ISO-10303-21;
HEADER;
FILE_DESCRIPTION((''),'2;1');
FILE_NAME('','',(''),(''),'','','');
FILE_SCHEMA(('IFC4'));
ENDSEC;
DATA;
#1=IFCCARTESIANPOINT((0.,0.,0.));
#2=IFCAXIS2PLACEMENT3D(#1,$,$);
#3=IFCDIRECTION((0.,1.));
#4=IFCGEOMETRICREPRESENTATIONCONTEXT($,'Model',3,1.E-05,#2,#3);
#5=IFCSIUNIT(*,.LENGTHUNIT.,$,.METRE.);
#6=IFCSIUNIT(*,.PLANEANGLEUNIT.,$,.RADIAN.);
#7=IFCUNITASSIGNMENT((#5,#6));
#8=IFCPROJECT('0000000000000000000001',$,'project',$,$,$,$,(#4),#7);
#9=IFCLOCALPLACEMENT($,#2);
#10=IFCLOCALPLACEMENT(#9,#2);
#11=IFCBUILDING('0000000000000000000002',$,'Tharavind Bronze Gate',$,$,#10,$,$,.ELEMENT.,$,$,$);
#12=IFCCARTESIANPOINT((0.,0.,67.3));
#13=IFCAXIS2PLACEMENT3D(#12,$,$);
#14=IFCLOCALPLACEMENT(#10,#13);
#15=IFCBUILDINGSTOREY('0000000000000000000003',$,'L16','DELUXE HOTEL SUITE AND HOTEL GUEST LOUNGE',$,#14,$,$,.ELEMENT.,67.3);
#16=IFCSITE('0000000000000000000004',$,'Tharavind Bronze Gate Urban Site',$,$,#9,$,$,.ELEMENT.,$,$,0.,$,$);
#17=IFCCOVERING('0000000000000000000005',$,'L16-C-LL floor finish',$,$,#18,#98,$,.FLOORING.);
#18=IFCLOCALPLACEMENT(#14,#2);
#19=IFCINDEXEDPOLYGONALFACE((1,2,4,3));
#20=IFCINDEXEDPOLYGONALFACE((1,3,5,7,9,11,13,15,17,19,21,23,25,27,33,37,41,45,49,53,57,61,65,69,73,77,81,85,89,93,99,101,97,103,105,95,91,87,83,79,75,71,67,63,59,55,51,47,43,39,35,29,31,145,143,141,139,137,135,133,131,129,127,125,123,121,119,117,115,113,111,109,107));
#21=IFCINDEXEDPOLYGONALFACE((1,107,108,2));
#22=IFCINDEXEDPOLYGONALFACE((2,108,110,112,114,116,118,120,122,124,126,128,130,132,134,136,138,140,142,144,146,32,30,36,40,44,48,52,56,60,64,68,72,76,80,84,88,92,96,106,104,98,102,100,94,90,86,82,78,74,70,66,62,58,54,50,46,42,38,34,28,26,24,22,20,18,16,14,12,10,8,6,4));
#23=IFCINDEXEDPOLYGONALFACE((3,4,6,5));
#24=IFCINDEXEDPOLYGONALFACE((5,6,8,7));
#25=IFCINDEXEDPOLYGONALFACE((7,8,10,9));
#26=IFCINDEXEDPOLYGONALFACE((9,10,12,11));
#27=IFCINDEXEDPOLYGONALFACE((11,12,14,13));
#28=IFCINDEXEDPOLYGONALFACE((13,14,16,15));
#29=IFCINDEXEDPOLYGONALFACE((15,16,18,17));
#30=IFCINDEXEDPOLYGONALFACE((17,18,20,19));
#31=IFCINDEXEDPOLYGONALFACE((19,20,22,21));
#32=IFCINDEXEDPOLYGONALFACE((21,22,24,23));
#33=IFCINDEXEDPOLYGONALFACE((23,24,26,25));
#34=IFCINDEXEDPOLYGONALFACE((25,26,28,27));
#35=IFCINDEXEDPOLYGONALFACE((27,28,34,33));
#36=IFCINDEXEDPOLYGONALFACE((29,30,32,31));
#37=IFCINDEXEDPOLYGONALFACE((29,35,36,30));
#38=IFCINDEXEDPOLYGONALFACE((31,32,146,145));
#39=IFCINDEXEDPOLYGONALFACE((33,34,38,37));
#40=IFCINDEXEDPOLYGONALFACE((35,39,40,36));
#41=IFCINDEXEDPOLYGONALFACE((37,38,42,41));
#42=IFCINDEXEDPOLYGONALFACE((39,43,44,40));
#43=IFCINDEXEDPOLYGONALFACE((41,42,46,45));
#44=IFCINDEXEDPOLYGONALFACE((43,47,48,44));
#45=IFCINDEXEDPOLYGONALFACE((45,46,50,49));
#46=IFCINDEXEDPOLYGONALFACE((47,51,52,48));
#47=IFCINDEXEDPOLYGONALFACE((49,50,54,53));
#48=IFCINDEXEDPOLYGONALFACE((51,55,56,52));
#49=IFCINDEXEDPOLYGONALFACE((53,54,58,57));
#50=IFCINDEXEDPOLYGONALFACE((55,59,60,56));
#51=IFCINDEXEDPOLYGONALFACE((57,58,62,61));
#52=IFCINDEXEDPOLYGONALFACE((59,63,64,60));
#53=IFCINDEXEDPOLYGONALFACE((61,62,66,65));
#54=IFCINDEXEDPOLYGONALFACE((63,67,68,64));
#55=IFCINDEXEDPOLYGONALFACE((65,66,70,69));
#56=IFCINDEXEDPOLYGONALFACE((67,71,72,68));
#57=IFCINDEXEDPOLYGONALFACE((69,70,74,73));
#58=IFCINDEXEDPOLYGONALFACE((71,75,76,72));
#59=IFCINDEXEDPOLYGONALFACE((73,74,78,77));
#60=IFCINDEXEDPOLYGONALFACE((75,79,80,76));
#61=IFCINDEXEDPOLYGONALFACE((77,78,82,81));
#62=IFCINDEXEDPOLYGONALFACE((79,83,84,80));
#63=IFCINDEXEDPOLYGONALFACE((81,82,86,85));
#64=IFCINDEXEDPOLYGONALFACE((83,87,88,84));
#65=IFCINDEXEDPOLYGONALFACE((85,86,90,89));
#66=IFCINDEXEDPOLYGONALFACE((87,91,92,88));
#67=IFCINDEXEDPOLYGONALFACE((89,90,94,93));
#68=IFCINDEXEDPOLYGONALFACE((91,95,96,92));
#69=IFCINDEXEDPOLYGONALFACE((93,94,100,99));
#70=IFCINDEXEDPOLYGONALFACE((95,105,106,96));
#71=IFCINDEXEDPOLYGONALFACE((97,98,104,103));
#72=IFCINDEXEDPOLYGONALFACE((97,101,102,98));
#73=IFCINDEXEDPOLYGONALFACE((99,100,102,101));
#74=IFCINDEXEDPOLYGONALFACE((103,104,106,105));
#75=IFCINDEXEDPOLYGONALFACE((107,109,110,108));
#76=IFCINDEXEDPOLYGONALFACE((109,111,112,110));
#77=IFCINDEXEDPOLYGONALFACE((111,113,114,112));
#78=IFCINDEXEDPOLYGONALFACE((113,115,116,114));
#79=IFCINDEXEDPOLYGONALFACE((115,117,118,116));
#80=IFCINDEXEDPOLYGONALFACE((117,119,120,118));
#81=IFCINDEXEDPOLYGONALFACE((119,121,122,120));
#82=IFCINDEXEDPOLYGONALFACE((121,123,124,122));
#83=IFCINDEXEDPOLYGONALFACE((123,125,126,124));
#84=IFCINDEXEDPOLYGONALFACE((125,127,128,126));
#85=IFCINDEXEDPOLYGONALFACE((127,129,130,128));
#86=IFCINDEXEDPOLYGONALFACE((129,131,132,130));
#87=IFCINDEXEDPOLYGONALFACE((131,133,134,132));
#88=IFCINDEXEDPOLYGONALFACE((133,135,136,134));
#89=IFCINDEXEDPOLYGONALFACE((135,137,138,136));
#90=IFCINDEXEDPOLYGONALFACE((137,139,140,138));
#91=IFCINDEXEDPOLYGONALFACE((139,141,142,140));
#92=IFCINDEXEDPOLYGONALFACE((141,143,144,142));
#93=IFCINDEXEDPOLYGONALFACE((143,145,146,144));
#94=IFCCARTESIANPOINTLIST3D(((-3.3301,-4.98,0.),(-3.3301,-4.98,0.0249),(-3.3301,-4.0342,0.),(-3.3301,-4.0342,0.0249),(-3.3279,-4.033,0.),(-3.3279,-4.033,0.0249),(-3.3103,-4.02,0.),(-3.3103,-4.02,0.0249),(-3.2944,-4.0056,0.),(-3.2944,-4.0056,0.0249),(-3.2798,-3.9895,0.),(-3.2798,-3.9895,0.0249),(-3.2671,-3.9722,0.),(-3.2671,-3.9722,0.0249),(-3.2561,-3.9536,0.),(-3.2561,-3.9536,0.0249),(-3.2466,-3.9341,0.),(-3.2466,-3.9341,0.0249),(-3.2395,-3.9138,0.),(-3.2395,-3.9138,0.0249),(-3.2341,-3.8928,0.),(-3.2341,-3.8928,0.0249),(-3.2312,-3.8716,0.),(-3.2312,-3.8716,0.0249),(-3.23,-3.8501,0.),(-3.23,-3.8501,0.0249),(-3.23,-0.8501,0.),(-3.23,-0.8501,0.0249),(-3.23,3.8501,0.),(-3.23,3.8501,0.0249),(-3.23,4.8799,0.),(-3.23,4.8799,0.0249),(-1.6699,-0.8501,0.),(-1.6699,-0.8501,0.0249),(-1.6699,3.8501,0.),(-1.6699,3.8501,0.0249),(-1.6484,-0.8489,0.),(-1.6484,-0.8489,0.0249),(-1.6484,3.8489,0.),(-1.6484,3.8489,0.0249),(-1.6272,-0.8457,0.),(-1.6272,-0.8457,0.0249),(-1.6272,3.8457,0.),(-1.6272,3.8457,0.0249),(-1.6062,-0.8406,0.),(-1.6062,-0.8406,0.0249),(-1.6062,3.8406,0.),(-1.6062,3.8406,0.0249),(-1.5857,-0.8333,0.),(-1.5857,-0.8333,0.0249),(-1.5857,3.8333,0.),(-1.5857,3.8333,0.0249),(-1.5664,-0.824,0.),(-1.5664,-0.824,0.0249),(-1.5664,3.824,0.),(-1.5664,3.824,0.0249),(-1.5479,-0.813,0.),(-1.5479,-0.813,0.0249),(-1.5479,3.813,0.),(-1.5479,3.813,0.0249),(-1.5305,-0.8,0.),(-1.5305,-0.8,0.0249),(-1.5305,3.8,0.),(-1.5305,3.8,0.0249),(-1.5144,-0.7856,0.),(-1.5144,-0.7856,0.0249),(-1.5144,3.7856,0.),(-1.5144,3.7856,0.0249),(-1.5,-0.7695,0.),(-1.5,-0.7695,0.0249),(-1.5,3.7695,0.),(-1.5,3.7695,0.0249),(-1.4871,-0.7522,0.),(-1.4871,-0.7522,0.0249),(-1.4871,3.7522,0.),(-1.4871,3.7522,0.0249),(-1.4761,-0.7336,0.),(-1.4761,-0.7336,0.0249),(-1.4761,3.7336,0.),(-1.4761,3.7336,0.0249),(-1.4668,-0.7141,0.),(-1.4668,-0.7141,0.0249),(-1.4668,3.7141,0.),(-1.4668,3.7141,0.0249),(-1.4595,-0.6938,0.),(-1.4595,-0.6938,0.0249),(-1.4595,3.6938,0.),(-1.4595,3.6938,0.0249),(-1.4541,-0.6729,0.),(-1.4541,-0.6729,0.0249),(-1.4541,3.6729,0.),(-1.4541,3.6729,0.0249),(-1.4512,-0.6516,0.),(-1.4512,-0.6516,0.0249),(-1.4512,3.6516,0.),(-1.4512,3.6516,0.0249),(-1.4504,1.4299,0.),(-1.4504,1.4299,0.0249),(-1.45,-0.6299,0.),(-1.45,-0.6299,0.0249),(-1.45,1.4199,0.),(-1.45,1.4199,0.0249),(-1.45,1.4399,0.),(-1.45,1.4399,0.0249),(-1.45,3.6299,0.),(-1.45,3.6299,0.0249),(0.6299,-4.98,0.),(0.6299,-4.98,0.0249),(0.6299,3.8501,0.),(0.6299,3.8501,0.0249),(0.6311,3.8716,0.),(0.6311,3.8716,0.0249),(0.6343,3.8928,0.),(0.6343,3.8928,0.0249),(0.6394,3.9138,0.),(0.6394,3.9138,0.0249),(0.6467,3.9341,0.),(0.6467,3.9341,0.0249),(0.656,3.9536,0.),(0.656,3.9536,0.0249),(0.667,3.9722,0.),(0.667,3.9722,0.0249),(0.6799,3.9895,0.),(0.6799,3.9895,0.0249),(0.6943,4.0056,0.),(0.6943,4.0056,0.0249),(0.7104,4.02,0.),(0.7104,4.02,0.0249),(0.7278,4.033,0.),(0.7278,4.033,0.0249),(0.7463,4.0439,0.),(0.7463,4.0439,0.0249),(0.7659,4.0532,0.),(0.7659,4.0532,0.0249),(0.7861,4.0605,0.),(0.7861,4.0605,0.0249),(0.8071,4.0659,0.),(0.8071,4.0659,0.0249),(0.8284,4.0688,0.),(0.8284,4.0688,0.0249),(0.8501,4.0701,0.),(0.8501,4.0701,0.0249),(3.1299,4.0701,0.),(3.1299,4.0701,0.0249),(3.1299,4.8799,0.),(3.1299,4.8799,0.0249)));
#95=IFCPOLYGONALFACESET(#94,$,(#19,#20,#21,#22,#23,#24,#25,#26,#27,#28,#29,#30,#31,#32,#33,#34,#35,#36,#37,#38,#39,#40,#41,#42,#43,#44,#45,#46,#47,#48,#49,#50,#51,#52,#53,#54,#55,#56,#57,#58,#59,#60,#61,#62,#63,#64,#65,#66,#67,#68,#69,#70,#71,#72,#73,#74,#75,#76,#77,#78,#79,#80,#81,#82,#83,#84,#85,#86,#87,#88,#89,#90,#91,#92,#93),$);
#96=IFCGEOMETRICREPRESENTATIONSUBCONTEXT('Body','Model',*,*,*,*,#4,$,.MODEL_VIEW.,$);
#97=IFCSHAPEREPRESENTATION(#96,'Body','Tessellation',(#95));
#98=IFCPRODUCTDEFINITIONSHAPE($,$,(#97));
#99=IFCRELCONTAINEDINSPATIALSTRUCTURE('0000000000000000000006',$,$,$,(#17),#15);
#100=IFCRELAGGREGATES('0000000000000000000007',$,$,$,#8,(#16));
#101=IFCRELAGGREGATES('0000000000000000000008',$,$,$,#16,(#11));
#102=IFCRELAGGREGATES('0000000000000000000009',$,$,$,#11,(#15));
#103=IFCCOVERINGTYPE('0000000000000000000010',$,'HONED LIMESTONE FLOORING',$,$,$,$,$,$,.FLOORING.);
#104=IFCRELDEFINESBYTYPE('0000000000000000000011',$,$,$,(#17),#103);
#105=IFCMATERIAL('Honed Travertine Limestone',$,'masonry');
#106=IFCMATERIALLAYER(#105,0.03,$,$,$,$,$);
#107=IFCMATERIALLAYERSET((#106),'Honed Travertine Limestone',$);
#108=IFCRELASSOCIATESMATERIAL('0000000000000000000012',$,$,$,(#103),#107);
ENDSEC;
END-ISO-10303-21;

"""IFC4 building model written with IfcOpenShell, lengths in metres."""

from ifc_helpers import new_model, si_unit, direction, frame, origin, place, context, subcontext, project, spatial, polyline, outline, extrude, material, layer, layer_set, type_object, element, save


model = new_model("IFC4")

# Units and contexts
model_context = context("Model", 3, precision=1e-05, world=origin(), true_north=direction((0.0, 1.0)))
body_context = subcontext(model_context, "Body", "Model", "MODEL_VIEW")
ifc_project = project(units=[si_unit("LENGTHUNIT", "METRE"), si_unit("PLANEANGLEUNIT", "RADIAN")], contexts=[model_context])

# Site, building, storey
site_placement = place(None, origin())
site = spatial("IfcSite", under=ifc_project, at=site_placement, Name="Tharavind Bronze Gate Urban Site", CompositionType="ELEMENT", RefElevation=0.0)
building_placement = place(site_placement, origin())
building = spatial("IfcBuilding", under=site, at=building_placement, Name="Tharavind Bronze Gate", CompositionType="ELEMENT")
storey_placement = place(building_placement, frame((0.0, 0.0, 67.3)))
storey = spatial("IfcBuildingStorey", under=building, at=storey_placement, Name="L16", Description="DELUXE HOTEL SUITE AND HOTEL GUEST LOUNGE", CompositionType="ELEMENT", Elevation=67.3)

# Covering
ifc_material_1 = material(Name="Honed Travertine Limestone", Category="masonry")
ifc_layer_1 = layer(ifc_material_1, 0.03)
ifc_layer_set_1 = layer_set([ifc_layer_1], Name="Honed Travertine Limestone")
covering_type_1 = type_object("IfcCoveringType", Name="HONED LIMESTONE FLOORING", PredefinedType="FLOORING", material=ifc_layer_set_1)
covering_1_placement = place(storey_placement, origin())
element("IfcCovering", 1, at=covering_1_placement, inside=storey, type_object=covering_type_1, Name="L16-C-LL floor finish", PredefinedType="FLOORING", context=body_context, shape_type="SweptSolid", body=[
    extrude(outline(polyline([(-3.3301, -4.98), (0.6299, -4.98), (0.6299, 3.8501), (0.6311, 3.8716), (0.6343, 3.8928), (0.6394, 3.9138), (0.6467, 3.9341), (0.656, 3.9536), (0.667, 3.9722), (0.6799, 3.9895), (0.6943, 4.0056), (0.7104, 4.02), (0.7278, 4.033), (0.7463, 4.0439), (0.7659, 4.0532), (0.7861, 4.0605), (0.8071, 4.0659), (0.8284, 4.0688), (0.8501, 4.0701), (3.1299, 4.0701), (3.1299, 4.8799), (-3.23, 4.8799), (-3.23, 3.8501), (-1.6699, 3.8501), (-1.6484, 3.8489), (-1.6272, 3.8457), (-1.6062, 3.8406), (-1.5857, 3.8333), (-1.5664, 3.824), (-1.5479, 3.813), (-1.5305, 3.8), (-1.5144, 3.7856), (-1.5, 3.7695), (-1.4871, 3.7522), (-1.4761, 3.7336), (-1.4668, 3.7141), (-1.4595, 3.6938), (-1.4541, 3.6729), (-1.4512, 3.6516), (-1.45, 3.6299), (-1.45, 1.4399), (-1.4504, 1.4299), (-1.45, 1.4199), (-1.45, -0.6299), (-1.4512, -0.6516), (-1.4541, -0.6729), (-1.4595, -0.6938), (-1.4668, -0.7141), (-1.4761, -0.7336), (-1.4871, -0.7522), (-1.5, -0.7695), (-1.5144, -0.7856), (-1.5305, -0.8), (-1.5479, -0.813), (-1.5664, -0.824), (-1.5857, -0.8333), (-1.6062, -0.8406), (-1.6272, -0.8457), (-1.6484, -0.8489), (-1.6699, -0.8501), (-3.23, -0.8501), (-3.23, -3.8501), (-3.2312, -3.8716), (-3.2341, -3.8928), (-3.2395, -3.9138), (-3.2466, -3.9341), (-3.2561, -3.9536), (-3.2671, -3.9722), (-3.2798, -3.9895), (-3.2944, -4.0056), (-3.3103, -4.02), (-3.3279, -4.033), (-3.3301, -4.0342), (-3.3301, -4.98)])), origin(), (0.0, 0.0, 1.0), 0.0249),
])

save(model, "model.ifc")
